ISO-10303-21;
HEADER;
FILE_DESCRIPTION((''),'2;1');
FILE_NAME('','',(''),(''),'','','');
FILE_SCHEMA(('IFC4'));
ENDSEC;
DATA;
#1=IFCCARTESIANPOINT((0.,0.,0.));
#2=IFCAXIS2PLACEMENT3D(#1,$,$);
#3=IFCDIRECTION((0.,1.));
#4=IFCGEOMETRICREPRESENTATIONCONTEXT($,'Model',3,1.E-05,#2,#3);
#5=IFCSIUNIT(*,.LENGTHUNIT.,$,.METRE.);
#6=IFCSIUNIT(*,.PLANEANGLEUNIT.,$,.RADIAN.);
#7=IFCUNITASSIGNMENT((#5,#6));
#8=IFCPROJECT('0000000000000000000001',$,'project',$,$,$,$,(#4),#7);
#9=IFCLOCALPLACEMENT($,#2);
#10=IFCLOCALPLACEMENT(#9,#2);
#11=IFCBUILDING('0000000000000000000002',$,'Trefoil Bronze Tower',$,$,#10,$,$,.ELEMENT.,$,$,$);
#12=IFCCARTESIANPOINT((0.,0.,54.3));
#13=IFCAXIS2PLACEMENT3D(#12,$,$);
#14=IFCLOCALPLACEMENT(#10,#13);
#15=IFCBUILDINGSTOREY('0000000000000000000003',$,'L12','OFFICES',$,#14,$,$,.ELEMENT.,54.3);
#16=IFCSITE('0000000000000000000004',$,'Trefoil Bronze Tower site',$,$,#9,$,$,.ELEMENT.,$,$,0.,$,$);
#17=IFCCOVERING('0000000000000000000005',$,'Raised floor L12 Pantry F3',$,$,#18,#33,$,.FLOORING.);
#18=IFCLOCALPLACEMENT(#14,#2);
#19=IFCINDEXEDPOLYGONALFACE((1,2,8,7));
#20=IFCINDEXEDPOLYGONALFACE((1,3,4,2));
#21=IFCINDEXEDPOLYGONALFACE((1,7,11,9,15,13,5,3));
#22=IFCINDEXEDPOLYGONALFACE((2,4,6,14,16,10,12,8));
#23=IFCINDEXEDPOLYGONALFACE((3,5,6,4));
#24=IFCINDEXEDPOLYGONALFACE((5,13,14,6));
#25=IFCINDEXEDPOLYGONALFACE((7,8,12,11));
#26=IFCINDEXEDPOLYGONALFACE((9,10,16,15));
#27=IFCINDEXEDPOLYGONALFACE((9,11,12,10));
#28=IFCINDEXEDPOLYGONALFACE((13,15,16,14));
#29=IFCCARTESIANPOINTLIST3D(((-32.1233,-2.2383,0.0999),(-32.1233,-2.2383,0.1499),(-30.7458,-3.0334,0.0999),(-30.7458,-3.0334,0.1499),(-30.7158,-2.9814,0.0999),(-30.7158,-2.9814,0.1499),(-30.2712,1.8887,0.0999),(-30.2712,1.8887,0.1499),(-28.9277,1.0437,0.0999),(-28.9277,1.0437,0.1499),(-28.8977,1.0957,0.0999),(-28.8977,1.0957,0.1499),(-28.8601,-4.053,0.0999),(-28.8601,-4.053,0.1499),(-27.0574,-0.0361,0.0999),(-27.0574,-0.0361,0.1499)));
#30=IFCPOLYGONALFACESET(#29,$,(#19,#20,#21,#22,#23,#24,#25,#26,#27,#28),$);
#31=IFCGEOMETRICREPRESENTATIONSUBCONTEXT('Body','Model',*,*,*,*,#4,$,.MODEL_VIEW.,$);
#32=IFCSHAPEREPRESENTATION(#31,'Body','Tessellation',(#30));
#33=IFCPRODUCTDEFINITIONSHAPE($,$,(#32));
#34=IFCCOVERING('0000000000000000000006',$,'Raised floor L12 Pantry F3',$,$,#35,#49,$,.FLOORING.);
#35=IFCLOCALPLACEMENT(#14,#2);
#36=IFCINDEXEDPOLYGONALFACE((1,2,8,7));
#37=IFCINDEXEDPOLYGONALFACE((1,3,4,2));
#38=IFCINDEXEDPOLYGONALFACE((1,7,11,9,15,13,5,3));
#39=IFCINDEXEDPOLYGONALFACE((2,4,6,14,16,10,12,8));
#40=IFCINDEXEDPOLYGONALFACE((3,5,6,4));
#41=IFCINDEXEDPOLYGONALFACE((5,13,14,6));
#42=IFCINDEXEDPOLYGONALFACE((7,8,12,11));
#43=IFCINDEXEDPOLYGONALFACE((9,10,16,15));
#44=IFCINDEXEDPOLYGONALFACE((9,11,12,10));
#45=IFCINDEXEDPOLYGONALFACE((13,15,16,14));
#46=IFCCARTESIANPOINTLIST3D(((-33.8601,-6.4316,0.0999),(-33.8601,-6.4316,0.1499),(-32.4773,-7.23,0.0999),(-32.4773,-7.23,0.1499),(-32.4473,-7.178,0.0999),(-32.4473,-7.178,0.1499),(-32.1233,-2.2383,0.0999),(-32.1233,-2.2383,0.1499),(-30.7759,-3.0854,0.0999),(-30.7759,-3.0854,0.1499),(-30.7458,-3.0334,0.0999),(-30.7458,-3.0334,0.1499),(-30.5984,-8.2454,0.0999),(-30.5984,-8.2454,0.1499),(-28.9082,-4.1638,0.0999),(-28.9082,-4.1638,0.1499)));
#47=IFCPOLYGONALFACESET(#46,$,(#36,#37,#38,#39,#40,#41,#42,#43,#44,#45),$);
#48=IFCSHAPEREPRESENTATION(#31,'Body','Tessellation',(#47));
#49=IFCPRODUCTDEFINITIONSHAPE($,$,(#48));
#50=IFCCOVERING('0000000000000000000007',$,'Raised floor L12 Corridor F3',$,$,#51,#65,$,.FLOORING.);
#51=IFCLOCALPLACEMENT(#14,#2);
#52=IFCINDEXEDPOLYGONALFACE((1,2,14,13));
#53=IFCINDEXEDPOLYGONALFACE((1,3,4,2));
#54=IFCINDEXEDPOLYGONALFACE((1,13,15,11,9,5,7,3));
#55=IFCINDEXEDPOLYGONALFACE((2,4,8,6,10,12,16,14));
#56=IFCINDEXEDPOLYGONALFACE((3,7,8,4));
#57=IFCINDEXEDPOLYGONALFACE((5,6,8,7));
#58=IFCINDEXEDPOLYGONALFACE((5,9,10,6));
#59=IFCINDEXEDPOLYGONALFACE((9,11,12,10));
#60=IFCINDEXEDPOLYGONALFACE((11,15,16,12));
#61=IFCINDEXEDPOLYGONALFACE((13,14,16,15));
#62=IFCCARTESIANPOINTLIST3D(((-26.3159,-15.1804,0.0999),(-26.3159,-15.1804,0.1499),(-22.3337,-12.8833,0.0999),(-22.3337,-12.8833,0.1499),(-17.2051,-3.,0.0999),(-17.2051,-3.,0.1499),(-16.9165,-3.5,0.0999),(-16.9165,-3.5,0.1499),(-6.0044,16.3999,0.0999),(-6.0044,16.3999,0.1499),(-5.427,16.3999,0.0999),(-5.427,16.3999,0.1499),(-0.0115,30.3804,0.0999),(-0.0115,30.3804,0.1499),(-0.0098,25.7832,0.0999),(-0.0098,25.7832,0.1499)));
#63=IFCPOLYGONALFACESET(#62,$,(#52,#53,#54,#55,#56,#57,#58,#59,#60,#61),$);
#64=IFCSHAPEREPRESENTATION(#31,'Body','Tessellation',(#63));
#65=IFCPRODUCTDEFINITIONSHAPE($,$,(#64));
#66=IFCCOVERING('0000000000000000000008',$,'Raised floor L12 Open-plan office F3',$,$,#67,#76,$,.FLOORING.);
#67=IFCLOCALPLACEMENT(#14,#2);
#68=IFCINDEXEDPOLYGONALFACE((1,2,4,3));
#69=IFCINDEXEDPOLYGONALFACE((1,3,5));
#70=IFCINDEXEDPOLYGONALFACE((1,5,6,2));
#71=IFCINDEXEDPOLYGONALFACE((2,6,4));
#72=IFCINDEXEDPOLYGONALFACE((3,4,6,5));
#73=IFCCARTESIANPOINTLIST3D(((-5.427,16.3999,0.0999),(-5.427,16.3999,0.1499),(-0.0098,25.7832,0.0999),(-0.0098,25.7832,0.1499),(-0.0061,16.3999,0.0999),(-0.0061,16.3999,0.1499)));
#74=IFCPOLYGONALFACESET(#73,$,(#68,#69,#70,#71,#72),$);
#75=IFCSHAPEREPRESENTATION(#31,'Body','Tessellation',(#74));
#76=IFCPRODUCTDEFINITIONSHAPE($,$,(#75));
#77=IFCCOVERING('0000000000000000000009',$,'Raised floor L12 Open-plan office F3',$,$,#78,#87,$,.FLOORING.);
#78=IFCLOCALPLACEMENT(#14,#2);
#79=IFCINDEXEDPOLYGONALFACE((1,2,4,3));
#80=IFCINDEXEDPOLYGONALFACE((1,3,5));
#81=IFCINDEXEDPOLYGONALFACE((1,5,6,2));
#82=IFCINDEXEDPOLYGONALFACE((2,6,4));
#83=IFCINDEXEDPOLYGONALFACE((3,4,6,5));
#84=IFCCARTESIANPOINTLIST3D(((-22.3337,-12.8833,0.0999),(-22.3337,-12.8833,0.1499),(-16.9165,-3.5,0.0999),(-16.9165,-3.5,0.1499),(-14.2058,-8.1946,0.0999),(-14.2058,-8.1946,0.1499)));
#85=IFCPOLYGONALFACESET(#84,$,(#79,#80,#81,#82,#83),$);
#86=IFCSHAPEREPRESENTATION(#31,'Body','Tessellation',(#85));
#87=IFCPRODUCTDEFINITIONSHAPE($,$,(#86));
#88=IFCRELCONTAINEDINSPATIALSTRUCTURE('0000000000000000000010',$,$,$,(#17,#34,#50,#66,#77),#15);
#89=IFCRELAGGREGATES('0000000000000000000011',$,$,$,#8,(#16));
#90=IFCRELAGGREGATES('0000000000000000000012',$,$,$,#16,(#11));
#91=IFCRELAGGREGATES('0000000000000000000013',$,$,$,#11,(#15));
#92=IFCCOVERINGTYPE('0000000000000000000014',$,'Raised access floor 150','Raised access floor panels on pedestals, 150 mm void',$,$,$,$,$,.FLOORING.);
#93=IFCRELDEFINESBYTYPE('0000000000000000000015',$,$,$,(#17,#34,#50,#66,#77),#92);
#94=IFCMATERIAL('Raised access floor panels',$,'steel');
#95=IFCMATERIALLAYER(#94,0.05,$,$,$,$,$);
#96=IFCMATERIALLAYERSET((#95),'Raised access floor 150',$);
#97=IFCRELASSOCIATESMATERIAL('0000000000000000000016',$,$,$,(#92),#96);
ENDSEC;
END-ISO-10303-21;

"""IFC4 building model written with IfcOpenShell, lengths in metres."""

from ifc_helpers import new_model, si_unit, direction, frame, origin, place, context, subcontext, project, spatial, polyline, outline, extrude, material, layer, layer_set, type_object, element, save


model = new_model("IFC4")

# Units and contexts
model_context = context("Model", 3, precision=1e-05, world=origin(), true_north=direction((0.0, 1.0)))
body_context = subcontext(model_context, "Body", "Model", "MODEL_VIEW")
ifc_project = project(units=[si_unit("LENGTHUNIT", "METRE"), si_unit("PLANEANGLEUNIT", "RADIAN")], contexts=[model_context])

# Site, building, storey
site_placement = place(None, origin())
site = spatial("IfcSite", under=ifc_project, at=site_placement, Name="Trefoil Bronze Tower site", CompositionType="ELEMENT", RefElevation=0.0)
building_placement = place(site_placement, origin())
building = spatial("IfcBuilding", under=site, at=building_placement, Name="Trefoil Bronze Tower", CompositionType="ELEMENT")
storey_placement = place(building_placement, frame((0.0, 0.0, 54.3)))
storey = spatial("IfcBuildingStorey", under=building, at=storey_placement, Name="L12", Description="OFFICES", CompositionType="ELEMENT", Elevation=54.3)

# Coverings
ifc_material_1 = material(Name="Raised access floor panels", Category="steel")
ifc_layer_1 = layer(ifc_material_1, 0.05)
ifc_layer_set_1 = layer_set([ifc_layer_1], Name="Raised access floor 150")
covering_type = type_object("IfcCoveringType", Name="Raised access floor 150", Description="Raised access floor panels on pedestals, 150 mm void", PredefinedType="FLOORING", material=ifc_layer_set_1)
covering_1_placement = place(storey_placement, frame((0.0, 0.0, 0.0999)))
element("IfcCovering", 1, at=covering_1_placement, inside=storey, type_object=covering_type, Name="Raised floor L12 Pantry F3", PredefinedType="FLOORING", context=body_context, shape_type="SweptSolid", body=[
    extrude(outline(polyline([(-30.2712, 1.8887), (-28.8977, 1.0957), (-28.9277, 1.0437), (-27.0574, -0.0361), (-28.8601, -4.053), (-30.7158, -2.9814), (-30.7458, -3.0334), (-32.1233, -2.2383), (-30.2712, 1.8887)])), origin(), (0.0, 0.0, 1.0), 0.05),
])
covering_2_placement = place(storey_placement, frame((0.0, 0.0, 0.0999)))
element("IfcCovering", 2, at=covering_2_placement, inside=storey, type_object=covering_type, Name="Raised floor L12 Pantry F3", PredefinedType="FLOORING", context=body_context, shape_type="SweptSolid", body=[
    extrude(outline(polyline([(-33.8601, -6.4316), (-32.1233, -2.2383), (-30.7458, -3.0334), (-30.7759, -3.0854), (-28.9082, -4.1638), (-30.5984, -8.2454), (-32.4473, -7.178), (-32.4773, -7.23), (-33.8601, -6.4316)])), origin(), (0.0, 0.0, 1.0), 0.05),
])
covering_3_placement = place(storey_placement, frame((0.0, 0.0, 0.0999)))
element("IfcCovering", 3, at=covering_3_placement, inside=storey, type_object=covering_type, Name="Raised floor L12 Corridor F3", PredefinedType="FLOORING", context=body_context, shape_type="SweptSolid", body=[
    extrude(outline(polyline([(-0.0115, 30.3804), (-0.0098, 25.7832), (-5.427, 16.3999), (-6.0044, 16.3999), (-17.2051, -3.0), (-16.9165, -3.5), (-22.3337, -12.8833), (-26.3159, -15.1804), (-0.0115, 30.3804)])), origin(), (0.0, 0.0, 1.0), 0.05),
])
covering_4_placement = place(storey_placement, frame((0.0, 0.0, 0.0999)))
element("IfcCovering", 4, at=covering_4_placement, inside=storey, type_object=covering_type, Name="Raised floor L12 Open-plan office F3", PredefinedType="FLOORING", context=body_context, shape_type="SweptSolid", body=[
    extrude(outline(polyline([(-0.0061, 16.3999), (-5.427, 16.3999), (-0.0098, 25.7832), (-0.0061, 16.3999)])), origin(), (0.0, 0.0, 1.0), 0.05),
])
covering_5_placement = place(storey_placement, frame((0.0, 0.0, 0.0999)))
element("IfcCovering", 5, at=covering_5_placement, inside=storey, type_object=covering_type, Name="Raised floor L12 Open-plan office F3", PredefinedType="FLOORING", context=body_context, shape_type="SweptSolid", body=[
    extrude(outline(polyline([(-14.2058, -8.1946), (-22.3337, -12.8833), (-16.9165, -3.5), (-14.2058, -8.1946)])), origin(), (0.0, 0.0, 1.0), 0.05),
])

save(model, "model.ifc")
